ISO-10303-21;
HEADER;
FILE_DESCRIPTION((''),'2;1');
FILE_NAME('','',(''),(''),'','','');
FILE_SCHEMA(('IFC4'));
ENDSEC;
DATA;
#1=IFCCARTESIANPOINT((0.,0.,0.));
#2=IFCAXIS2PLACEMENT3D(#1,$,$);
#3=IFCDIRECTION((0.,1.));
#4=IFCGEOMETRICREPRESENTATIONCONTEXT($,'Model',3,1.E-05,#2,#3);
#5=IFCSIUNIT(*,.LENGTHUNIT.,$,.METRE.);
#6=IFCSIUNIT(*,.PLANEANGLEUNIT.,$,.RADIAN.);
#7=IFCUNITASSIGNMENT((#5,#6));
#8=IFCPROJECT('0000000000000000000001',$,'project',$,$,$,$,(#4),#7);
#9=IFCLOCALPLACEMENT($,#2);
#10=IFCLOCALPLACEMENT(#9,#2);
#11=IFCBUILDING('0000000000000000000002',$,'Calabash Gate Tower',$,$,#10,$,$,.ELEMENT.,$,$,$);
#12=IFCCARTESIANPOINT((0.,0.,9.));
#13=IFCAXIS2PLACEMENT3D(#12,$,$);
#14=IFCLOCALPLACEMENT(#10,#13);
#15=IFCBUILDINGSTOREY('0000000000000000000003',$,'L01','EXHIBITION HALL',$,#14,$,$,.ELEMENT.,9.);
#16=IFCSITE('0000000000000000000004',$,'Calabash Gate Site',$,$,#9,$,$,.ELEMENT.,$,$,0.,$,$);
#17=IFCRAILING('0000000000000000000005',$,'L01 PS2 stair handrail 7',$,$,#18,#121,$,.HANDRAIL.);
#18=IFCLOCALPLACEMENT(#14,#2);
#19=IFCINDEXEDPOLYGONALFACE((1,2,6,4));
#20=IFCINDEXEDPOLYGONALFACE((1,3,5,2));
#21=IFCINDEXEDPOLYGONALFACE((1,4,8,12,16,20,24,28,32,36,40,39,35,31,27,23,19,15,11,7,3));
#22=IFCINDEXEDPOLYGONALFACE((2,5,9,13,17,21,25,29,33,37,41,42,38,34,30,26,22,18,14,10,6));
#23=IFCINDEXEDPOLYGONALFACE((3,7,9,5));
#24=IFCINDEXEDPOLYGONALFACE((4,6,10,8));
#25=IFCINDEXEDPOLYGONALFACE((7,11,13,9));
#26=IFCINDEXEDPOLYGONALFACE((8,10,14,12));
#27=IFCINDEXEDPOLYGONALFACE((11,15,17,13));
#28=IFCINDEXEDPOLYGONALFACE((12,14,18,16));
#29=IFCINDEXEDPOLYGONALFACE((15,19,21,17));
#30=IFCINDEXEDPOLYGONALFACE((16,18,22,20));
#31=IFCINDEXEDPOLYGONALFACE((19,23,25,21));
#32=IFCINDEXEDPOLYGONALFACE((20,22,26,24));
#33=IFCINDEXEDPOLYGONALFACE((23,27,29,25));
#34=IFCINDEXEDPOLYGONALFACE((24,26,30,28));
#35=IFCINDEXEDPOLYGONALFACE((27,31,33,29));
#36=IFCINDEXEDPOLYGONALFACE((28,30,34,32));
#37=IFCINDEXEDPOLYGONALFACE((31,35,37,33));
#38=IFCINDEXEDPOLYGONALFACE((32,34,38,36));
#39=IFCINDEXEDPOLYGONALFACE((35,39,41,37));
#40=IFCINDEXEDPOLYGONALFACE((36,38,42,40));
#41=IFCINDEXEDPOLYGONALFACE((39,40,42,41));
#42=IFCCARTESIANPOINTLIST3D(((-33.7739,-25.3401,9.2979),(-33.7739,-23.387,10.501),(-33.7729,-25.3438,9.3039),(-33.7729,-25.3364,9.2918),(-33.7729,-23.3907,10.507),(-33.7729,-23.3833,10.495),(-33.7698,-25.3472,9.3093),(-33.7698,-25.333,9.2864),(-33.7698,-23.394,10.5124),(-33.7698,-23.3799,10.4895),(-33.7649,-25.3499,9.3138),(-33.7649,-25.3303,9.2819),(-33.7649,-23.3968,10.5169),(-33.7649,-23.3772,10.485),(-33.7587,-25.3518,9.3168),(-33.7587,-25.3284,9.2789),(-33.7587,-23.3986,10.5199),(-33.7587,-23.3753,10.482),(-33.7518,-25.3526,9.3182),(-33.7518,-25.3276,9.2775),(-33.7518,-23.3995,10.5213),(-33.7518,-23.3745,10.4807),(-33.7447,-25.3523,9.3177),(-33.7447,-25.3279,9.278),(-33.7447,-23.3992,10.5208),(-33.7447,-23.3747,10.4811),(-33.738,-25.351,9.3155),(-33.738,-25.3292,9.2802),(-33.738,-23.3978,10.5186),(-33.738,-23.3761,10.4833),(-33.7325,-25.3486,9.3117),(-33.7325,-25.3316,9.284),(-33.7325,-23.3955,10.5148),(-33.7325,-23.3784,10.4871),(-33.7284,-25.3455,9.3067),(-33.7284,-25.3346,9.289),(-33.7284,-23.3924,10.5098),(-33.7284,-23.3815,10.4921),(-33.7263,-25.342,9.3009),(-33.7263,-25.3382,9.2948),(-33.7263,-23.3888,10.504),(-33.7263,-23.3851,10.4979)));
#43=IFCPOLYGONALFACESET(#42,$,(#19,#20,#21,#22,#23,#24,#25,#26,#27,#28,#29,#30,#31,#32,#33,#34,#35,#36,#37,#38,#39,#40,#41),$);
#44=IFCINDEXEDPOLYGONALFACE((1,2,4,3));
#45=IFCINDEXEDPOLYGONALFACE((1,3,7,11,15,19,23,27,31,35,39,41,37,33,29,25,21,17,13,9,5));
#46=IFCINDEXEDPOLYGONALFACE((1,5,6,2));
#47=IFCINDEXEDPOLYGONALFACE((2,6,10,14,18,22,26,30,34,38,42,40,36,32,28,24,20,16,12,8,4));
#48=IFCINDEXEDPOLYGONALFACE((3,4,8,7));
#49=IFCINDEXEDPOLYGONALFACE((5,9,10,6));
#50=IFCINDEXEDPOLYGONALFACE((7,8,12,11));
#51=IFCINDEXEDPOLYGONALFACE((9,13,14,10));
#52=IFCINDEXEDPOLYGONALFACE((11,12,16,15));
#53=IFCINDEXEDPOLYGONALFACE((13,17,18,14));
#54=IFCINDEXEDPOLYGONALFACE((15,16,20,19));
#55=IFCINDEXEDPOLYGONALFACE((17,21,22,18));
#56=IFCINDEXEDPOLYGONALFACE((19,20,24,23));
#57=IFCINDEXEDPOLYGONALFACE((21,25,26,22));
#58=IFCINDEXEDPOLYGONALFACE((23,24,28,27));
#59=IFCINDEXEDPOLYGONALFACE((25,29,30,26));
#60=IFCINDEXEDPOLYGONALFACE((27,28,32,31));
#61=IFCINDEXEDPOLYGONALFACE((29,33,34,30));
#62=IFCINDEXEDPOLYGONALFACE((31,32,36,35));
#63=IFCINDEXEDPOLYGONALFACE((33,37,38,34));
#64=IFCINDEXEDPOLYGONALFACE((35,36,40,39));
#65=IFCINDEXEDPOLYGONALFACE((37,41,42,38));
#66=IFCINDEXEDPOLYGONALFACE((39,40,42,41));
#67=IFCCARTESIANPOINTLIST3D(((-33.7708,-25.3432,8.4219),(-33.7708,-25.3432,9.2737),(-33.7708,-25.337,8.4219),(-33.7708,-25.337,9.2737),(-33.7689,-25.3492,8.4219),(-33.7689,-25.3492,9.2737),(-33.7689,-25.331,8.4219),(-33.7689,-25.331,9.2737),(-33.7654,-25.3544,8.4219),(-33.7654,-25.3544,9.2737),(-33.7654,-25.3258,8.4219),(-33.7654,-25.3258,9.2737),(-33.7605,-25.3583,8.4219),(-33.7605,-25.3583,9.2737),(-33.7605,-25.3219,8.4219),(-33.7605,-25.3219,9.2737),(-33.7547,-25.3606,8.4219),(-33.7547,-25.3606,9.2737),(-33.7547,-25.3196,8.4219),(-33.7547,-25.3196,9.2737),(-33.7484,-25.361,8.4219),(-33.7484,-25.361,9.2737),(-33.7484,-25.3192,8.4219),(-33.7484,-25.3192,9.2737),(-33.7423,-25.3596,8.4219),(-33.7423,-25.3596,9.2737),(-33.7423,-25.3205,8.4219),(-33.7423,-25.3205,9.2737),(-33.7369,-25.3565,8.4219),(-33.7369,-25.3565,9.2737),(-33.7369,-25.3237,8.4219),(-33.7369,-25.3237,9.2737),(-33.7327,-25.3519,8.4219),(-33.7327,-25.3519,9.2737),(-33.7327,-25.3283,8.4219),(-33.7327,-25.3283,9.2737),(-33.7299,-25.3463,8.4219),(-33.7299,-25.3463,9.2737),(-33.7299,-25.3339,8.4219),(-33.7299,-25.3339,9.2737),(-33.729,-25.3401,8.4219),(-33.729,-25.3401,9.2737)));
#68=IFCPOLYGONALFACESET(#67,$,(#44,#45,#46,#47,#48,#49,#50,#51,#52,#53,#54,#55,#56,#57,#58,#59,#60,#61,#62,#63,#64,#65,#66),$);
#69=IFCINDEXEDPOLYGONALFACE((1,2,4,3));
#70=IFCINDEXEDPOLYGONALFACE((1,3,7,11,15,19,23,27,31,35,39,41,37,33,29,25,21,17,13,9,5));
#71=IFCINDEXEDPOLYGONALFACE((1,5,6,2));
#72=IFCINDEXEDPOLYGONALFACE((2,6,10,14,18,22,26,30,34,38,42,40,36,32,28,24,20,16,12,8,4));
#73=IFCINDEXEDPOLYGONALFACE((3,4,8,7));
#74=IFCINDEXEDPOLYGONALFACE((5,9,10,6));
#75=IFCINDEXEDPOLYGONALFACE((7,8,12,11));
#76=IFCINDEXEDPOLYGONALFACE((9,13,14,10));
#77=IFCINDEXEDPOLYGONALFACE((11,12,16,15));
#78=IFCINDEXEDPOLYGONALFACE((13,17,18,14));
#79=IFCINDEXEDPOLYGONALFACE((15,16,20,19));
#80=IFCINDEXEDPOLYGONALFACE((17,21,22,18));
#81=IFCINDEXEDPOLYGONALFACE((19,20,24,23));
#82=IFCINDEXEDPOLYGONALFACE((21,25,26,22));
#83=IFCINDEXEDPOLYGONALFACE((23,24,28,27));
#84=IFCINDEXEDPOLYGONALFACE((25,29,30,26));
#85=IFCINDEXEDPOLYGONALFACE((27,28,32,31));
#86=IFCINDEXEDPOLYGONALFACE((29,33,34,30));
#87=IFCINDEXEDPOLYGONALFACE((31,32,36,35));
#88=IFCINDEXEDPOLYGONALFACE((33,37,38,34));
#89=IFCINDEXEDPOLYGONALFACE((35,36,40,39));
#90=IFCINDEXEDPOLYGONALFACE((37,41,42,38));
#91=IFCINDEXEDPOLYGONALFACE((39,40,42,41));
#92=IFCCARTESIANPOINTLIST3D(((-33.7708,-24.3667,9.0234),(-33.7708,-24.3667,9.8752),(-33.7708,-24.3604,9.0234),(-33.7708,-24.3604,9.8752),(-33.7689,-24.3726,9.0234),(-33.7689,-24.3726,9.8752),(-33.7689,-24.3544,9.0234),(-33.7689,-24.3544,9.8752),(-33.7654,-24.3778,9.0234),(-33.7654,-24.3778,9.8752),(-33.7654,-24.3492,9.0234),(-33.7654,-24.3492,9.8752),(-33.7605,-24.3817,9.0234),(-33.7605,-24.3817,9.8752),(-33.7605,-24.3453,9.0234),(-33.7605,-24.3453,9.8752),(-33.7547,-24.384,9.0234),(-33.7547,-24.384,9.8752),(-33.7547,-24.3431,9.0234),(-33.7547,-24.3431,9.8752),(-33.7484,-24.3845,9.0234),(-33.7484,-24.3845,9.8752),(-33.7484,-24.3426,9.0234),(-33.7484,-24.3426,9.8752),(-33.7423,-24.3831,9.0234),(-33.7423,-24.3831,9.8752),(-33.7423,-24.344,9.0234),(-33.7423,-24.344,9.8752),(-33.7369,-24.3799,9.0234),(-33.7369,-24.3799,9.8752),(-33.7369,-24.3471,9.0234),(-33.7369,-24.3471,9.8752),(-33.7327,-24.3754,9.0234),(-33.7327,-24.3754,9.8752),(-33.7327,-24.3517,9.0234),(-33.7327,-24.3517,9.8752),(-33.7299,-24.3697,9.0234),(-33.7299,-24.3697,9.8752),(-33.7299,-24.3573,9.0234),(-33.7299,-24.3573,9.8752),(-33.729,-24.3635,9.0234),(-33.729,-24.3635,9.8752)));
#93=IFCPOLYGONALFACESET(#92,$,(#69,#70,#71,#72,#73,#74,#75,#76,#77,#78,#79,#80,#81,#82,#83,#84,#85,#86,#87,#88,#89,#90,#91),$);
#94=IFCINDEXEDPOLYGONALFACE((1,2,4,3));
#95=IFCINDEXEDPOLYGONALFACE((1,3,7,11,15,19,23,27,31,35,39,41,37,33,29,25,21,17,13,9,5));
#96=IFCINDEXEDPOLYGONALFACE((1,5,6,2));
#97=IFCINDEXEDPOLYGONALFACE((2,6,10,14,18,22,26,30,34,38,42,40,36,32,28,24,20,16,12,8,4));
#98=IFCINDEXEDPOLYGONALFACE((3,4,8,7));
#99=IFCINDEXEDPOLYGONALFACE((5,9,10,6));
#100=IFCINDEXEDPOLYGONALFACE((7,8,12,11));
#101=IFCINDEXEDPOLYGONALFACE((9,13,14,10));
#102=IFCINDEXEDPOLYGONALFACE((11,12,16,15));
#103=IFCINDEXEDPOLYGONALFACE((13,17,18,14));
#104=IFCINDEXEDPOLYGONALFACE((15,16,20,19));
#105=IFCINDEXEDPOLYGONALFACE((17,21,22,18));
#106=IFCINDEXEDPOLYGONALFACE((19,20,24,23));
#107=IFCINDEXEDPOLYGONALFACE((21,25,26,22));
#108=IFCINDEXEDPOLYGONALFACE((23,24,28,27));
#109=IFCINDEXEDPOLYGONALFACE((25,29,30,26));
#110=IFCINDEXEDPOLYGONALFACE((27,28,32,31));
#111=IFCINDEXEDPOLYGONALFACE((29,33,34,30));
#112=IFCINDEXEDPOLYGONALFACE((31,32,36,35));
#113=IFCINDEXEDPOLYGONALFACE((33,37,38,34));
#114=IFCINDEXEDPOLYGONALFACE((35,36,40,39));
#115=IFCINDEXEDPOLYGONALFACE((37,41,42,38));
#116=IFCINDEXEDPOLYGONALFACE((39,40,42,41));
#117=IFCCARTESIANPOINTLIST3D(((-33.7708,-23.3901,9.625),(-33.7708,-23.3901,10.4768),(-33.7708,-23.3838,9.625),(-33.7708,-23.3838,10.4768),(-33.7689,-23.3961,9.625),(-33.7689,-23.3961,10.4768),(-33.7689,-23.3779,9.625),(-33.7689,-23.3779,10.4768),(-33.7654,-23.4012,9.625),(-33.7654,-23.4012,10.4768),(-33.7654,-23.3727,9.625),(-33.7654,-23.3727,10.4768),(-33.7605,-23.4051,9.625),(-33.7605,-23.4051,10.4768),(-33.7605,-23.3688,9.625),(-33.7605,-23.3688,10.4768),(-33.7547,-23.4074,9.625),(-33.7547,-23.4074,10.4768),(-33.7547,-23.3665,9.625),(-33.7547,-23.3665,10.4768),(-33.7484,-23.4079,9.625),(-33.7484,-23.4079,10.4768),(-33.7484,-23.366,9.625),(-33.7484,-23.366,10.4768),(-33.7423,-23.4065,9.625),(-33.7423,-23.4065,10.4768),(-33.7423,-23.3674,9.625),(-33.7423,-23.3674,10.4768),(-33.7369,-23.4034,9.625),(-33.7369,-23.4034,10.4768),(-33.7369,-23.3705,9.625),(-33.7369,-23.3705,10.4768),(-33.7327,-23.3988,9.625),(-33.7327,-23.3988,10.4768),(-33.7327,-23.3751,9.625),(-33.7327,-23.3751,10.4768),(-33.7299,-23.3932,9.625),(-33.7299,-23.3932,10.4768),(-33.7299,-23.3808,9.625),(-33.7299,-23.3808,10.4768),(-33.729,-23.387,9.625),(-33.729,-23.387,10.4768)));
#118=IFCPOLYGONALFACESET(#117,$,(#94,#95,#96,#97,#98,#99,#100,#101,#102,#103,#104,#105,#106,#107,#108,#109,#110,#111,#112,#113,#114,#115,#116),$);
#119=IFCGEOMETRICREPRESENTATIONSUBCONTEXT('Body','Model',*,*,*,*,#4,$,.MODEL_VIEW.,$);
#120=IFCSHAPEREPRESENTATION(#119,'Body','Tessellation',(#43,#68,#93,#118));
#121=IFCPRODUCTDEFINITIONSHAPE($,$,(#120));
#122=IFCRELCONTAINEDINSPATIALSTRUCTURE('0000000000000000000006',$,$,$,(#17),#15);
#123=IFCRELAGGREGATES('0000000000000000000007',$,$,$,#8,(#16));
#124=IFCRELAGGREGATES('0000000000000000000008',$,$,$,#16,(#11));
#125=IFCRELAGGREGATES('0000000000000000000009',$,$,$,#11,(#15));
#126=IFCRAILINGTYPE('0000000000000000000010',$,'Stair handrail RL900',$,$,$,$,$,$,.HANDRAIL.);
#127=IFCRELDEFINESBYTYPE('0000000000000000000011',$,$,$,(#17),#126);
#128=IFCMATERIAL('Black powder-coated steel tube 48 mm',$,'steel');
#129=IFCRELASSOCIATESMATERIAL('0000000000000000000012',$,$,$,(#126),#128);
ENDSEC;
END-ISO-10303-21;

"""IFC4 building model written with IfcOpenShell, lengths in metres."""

from ifc_helpers import new_model, si_unit, direction, frame, origin, origin_2d, place, context, subcontext, project, spatial, circle, extrude, material, type_object, element, save


model = new_model("IFC4")

# Units and contexts
model_context = context("Model", 3, precision=1e-05, world=origin(), true_north=direction((0.0, 1.0)))
body_context = subcontext(model_context, "Body", "Model", "MODEL_VIEW")
ifc_project = project(units=[si_unit("LENGTHUNIT", "METRE"), si_unit("PLANEANGLEUNIT", "RADIAN")], contexts=[model_context])

# Site, building, storey
site_placement = place(None, origin())
site = spatial("IfcSite", under=ifc_project, at=site_placement, Name="Calabash Gate Site", CompositionType="ELEMENT", RefElevation=0.0)
building_placement = place(site_placement, origin())
building = spatial("IfcBuilding", under=site, at=building_placement, Name="Calabash Gate Tower", CompositionType="ELEMENT")
storey_placement = place(building_placement, frame((0.0, 0.0, 9.0)))
storey = spatial("IfcBuildingStorey", under=building, at=storey_placement, Name="L01", Description="EXHIBITION HALL", CompositionType="ELEMENT", Elevation=9.0)

# Railing
ifc_material_1 = material(Name="Black powder-coated steel tube 48 mm", Category="steel")
railing_type_1 = type_object("IfcRailingType", Name="Stair handrail RL900", PredefinedType="HANDRAIL", material=ifc_material_1)
for number, where, name in (
    (1, (-33.75, -25.3401, 8.4219), "L01 PS2 stair handrail 7"),
):
    element("IfcRailing", number, at=place(storey_placement, frame(where)), inside=storey, type_object=railing_type_1, Name=name, PredefinedType="HANDRAIL", context=body_context, shape_type="SweptSolid", body=[
        extrude(circle(Radius=0.0239, at=origin_2d()), frame((0.0, 0.0, 0.876), z_axis=(0.0, 0.851424, 0.524477), x_axis=(-1.0, 0.0, 0.0)), (0.0, 0.0, 1.0), 2.2939),
        extrude(circle(Radius=0.021, at=origin_2d()), origin(), (0.0, 0.0, 1.0), 0.8518),
        extrude(circle(Radius=0.021, at=origin_2d()), frame((0.0, 0.9766, 0.6016)), (0.0, 0.0, 1.0), 0.8518),
        extrude(circle(Radius=0.021, at=origin_2d()), frame((0.0, 1.9531, 1.2031)), (0.0, 0.0, 1.0), 0.8518),
    ])

save(model, "model.ifc")
